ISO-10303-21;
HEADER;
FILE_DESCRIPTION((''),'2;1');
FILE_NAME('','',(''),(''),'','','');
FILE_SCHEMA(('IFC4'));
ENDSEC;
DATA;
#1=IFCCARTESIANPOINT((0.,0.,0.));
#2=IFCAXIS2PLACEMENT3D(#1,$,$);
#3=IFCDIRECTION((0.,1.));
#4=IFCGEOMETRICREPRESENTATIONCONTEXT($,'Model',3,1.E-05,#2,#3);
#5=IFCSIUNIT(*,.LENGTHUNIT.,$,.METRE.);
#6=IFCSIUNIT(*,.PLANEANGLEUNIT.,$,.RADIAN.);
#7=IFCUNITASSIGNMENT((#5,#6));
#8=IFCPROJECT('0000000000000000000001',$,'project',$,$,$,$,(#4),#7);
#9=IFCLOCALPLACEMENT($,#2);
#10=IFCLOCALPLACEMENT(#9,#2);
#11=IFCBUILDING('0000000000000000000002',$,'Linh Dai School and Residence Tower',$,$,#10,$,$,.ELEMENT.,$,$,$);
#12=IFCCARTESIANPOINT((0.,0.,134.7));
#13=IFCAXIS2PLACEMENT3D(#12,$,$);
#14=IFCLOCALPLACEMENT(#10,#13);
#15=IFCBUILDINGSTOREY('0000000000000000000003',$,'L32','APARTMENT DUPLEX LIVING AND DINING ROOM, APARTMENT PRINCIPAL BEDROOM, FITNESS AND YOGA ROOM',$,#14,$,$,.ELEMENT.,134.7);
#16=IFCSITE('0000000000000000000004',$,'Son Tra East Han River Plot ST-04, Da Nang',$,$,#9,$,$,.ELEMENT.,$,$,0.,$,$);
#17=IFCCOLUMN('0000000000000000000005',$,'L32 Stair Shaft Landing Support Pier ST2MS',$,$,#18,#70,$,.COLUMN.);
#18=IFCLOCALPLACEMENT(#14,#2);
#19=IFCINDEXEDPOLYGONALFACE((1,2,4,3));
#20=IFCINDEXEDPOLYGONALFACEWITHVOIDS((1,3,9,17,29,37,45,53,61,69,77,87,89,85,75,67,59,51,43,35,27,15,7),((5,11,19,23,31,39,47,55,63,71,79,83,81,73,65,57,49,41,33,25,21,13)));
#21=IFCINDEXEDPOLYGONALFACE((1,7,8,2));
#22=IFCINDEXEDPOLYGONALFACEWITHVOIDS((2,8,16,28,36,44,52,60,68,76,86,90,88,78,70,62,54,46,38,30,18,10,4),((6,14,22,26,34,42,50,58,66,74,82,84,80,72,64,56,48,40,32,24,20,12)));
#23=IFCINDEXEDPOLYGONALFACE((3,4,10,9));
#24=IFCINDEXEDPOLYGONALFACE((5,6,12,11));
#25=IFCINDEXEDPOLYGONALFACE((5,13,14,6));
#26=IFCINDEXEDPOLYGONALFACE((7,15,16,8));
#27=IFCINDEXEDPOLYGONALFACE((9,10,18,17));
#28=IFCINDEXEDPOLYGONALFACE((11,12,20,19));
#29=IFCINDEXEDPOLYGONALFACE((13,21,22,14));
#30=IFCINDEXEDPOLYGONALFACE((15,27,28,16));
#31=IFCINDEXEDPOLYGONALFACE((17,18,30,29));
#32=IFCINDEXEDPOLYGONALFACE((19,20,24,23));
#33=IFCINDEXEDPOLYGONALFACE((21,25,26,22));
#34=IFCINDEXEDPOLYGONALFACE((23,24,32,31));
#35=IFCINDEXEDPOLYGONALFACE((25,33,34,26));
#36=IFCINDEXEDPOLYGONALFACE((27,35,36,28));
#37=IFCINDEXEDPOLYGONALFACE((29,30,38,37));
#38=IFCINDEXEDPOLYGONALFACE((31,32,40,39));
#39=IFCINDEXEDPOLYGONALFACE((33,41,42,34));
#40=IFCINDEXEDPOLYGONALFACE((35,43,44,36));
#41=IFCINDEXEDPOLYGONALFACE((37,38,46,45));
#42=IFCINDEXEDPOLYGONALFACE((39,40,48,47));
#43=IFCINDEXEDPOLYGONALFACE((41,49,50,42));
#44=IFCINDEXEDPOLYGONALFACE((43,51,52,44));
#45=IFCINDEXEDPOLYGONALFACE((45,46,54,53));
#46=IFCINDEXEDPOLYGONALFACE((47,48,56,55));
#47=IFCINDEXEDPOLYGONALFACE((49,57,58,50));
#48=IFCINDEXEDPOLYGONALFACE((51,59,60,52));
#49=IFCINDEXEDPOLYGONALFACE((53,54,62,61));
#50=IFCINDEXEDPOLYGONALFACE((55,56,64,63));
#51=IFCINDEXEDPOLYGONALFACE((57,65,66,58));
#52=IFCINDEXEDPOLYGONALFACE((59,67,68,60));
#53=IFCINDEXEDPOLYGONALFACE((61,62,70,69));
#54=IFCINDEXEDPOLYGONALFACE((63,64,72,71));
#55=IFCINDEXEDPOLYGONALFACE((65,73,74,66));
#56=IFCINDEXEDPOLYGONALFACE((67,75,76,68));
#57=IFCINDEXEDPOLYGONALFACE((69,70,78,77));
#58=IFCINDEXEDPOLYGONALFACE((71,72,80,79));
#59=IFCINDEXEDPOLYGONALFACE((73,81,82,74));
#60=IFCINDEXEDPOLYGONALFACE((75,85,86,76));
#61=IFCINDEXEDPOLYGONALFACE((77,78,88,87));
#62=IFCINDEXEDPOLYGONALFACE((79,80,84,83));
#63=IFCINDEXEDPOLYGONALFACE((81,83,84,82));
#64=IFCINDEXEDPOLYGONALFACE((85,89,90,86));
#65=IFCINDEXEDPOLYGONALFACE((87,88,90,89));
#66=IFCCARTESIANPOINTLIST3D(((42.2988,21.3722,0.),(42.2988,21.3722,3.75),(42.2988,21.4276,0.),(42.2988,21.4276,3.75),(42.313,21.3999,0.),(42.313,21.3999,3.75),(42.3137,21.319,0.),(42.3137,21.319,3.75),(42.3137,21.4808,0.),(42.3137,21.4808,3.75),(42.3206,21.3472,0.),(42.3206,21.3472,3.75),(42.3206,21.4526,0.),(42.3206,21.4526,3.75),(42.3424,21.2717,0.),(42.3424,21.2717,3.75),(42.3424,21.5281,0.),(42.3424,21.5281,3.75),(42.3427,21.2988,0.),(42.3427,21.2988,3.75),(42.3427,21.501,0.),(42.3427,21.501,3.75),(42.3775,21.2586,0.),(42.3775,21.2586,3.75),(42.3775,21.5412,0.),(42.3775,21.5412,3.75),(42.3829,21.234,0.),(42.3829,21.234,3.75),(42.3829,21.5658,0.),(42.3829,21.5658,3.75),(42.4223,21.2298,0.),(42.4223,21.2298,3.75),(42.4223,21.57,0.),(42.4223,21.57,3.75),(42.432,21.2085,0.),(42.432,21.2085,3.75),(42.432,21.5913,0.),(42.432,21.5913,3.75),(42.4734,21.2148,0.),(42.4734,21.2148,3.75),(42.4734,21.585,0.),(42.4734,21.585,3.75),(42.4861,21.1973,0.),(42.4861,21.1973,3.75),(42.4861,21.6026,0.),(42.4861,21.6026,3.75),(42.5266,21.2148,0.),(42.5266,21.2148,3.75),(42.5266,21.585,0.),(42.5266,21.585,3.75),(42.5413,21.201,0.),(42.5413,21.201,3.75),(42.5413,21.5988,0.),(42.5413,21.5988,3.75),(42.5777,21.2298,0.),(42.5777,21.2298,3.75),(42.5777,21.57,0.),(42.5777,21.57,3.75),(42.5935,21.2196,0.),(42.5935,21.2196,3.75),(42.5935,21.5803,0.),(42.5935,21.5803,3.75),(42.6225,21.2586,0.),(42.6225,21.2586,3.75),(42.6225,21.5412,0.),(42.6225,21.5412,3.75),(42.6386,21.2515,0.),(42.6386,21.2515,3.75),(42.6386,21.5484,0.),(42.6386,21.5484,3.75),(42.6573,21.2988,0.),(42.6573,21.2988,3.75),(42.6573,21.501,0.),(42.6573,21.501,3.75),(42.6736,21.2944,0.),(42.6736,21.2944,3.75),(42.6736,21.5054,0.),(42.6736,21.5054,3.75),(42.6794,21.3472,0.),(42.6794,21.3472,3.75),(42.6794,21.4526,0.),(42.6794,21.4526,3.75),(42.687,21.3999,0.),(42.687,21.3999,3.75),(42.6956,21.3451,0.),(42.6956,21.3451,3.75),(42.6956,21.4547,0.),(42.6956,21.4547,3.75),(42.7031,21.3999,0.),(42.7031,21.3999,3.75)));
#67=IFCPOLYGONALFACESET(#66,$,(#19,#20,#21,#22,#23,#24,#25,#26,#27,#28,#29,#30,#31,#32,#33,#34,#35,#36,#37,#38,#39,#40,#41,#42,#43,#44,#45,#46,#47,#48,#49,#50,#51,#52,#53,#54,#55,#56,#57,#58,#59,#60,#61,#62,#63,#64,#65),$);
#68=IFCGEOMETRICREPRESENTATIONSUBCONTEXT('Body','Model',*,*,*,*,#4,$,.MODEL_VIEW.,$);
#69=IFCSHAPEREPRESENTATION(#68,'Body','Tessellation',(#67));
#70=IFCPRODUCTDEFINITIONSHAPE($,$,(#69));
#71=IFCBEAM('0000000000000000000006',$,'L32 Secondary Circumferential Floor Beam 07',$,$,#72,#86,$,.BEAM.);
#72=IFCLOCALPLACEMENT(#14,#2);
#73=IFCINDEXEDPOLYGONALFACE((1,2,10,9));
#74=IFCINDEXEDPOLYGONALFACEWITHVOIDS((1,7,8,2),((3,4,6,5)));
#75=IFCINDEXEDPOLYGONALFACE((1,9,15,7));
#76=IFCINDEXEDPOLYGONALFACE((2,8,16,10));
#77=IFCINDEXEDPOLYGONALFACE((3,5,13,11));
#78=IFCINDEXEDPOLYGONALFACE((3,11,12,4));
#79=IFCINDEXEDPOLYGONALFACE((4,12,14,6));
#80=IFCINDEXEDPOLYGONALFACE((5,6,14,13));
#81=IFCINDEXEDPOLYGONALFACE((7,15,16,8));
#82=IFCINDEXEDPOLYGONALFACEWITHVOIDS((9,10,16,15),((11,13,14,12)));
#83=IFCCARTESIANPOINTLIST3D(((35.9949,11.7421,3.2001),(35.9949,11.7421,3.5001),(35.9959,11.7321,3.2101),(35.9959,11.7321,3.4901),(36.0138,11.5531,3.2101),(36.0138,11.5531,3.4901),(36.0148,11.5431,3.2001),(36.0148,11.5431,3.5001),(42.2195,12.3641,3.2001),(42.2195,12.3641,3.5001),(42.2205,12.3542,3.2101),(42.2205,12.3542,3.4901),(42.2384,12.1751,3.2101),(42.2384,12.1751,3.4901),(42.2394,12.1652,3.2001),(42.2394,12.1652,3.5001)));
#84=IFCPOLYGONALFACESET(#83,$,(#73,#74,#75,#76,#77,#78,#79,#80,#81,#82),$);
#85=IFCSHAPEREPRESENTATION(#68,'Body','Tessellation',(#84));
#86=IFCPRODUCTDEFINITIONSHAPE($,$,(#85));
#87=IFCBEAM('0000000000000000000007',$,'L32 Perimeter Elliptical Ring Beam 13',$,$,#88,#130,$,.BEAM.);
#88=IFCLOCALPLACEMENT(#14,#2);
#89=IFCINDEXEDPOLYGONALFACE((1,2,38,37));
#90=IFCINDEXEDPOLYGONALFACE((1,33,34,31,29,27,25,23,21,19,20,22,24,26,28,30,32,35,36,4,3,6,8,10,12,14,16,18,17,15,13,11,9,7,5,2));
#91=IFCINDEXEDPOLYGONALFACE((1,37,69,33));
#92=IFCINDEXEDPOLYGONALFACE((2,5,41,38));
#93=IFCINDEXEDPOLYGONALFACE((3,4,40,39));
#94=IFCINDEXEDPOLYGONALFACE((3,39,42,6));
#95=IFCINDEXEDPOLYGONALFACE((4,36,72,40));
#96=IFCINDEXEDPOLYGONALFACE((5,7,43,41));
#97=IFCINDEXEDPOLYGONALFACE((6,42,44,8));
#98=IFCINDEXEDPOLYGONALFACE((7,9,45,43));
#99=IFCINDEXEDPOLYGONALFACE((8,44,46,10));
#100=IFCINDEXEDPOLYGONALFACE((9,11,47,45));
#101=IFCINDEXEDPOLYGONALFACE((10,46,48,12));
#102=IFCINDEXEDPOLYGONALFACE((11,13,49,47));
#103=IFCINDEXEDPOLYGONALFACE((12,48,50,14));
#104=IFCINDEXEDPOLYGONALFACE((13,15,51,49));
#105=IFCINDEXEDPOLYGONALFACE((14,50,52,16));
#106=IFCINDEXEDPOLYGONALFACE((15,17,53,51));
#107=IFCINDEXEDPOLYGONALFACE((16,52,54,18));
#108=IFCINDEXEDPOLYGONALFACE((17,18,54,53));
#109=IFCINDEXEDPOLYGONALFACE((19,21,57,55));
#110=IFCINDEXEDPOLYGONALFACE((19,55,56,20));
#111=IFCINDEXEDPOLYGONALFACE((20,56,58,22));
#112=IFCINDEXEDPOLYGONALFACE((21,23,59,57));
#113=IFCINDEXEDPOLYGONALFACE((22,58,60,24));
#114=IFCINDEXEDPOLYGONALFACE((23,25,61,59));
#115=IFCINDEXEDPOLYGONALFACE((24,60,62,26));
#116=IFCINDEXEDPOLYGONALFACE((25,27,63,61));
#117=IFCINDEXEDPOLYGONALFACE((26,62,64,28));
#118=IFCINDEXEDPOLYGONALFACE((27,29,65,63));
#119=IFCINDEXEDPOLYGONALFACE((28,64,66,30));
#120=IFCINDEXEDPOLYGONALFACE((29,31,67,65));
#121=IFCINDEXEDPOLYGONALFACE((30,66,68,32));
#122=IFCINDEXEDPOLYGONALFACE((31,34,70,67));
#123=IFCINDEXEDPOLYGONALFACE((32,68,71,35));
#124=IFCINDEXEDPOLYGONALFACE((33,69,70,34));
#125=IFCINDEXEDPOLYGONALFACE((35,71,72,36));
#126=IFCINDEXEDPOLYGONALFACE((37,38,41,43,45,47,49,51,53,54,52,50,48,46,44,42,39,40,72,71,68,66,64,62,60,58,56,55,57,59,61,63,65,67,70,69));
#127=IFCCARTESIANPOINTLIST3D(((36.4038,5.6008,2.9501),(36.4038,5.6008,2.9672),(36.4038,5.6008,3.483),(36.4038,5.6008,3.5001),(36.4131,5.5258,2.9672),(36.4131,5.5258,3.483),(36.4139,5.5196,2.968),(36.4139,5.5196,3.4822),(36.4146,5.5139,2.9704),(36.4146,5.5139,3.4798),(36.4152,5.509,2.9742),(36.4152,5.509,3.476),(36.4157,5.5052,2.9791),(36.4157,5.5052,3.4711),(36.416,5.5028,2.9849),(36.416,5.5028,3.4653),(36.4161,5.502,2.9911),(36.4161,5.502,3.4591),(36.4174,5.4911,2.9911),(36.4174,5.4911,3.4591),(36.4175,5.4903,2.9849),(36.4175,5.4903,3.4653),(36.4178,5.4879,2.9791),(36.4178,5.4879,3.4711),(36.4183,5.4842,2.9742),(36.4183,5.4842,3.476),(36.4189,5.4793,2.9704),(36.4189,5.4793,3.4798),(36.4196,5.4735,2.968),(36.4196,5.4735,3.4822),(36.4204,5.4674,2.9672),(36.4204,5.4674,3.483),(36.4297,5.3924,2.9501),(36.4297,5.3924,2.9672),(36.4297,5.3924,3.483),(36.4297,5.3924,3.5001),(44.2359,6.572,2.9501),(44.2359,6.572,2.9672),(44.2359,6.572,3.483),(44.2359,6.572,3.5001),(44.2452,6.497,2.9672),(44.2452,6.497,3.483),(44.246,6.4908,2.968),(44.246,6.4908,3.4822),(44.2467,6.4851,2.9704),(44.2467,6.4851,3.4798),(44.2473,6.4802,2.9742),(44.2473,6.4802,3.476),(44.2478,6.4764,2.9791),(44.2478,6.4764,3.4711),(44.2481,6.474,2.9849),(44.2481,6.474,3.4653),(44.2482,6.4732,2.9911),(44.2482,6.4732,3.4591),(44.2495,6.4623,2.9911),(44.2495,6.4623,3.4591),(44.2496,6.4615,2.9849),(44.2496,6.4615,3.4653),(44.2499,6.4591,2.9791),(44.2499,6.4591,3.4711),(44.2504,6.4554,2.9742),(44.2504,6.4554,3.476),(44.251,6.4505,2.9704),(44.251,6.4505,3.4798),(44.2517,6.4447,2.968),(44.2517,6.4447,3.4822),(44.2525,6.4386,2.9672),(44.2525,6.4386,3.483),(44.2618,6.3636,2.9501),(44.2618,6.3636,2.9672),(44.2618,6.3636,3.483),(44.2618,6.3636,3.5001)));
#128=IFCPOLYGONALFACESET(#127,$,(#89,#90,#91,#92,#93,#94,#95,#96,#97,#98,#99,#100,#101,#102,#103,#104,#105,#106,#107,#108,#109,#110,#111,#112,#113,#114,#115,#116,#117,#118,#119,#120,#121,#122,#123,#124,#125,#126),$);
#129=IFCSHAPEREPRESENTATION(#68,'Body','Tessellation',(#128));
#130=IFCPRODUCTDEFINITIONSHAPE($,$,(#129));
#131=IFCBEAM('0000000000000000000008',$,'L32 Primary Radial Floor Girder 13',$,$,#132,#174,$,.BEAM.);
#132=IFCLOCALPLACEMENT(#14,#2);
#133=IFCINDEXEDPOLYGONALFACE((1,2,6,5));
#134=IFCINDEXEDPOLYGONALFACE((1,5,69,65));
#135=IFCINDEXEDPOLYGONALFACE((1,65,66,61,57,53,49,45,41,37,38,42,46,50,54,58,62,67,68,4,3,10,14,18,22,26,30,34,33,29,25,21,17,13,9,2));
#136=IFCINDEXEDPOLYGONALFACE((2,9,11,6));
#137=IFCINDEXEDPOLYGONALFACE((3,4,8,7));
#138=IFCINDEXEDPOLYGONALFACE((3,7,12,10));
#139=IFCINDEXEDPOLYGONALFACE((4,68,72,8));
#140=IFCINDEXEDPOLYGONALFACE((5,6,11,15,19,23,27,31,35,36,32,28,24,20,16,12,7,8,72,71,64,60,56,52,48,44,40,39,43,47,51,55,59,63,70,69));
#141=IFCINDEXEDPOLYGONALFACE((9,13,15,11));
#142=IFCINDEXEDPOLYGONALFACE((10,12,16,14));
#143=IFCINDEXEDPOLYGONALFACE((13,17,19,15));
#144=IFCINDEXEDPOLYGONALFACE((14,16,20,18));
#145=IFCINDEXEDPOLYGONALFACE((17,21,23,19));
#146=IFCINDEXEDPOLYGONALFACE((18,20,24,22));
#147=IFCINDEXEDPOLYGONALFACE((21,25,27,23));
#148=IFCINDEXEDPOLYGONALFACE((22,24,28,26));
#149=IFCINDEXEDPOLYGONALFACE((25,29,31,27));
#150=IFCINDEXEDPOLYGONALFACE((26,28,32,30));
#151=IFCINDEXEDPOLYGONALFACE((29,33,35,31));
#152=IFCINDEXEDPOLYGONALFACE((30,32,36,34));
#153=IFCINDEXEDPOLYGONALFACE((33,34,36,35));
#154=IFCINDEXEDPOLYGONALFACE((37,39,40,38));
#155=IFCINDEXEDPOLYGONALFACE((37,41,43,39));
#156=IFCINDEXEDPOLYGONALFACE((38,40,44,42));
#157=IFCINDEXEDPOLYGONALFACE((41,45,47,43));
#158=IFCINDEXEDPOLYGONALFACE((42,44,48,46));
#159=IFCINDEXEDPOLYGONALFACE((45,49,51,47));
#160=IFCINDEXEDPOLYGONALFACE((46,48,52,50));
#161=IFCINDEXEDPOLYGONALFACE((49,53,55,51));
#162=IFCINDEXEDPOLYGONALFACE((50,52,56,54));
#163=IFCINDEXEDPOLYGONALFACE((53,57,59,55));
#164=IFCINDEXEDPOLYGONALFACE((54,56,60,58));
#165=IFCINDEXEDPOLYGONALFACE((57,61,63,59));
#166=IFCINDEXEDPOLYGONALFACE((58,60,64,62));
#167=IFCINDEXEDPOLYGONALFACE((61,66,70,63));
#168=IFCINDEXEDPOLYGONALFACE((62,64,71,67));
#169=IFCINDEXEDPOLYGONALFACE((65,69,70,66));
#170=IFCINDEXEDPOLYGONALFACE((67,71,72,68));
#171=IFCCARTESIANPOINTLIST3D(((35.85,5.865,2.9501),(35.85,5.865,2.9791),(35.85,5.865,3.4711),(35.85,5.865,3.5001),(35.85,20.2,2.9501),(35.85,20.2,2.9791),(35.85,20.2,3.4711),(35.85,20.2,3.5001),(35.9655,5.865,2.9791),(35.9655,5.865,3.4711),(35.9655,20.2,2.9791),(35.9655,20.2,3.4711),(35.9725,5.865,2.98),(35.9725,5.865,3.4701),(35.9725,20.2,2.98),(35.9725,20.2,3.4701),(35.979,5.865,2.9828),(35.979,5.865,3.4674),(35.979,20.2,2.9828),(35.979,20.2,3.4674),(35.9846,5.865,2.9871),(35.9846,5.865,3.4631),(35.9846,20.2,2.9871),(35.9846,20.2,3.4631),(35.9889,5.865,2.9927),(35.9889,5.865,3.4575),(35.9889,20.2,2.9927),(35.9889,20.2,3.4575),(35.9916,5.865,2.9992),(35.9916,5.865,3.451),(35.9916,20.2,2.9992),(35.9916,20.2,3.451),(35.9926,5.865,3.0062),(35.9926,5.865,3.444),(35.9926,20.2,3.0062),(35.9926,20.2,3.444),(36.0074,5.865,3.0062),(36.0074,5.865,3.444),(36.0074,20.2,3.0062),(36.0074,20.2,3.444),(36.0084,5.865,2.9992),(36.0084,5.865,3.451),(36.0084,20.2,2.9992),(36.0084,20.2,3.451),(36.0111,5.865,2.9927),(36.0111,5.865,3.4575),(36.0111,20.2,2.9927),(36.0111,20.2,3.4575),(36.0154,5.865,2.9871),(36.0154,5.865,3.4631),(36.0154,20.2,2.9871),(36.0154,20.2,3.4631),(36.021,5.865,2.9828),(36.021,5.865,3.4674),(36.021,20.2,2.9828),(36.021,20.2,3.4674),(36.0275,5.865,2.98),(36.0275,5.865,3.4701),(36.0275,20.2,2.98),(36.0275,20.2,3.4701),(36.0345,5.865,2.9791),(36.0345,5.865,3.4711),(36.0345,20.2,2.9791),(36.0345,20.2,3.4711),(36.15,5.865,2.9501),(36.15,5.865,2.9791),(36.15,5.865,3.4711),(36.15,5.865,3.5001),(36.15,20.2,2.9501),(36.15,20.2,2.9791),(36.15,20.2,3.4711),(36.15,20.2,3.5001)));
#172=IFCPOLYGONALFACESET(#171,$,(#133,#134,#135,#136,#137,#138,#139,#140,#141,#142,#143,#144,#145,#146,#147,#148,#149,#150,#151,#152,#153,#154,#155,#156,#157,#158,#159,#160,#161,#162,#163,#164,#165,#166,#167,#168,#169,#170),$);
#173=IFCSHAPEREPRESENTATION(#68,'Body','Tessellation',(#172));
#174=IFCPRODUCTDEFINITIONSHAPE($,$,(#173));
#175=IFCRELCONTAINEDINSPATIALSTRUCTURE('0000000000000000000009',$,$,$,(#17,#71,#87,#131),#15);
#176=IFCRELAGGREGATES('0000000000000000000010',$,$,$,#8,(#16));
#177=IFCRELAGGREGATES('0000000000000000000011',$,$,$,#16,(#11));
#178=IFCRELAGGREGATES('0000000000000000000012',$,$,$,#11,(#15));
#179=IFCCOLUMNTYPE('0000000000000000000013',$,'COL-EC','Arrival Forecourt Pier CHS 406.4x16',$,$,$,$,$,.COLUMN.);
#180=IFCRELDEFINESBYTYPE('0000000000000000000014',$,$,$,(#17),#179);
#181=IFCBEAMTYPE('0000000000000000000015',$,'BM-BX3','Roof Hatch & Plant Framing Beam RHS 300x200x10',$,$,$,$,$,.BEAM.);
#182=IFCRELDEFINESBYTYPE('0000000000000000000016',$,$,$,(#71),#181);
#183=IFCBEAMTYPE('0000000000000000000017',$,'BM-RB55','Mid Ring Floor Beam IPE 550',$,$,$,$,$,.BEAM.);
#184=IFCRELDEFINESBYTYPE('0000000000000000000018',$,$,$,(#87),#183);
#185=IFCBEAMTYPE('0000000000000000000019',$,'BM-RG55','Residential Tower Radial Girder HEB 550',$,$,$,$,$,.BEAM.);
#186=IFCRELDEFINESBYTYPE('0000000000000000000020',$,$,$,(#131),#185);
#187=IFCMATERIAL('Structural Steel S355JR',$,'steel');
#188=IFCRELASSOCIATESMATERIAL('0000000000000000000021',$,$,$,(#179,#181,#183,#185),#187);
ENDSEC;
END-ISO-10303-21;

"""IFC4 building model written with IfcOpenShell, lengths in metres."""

from ifc_helpers import new_model, si_unit, direction, frame, origin, origin_2d, place, context, subcontext, project, spatial, hollow_rectangle, hollow_circle, i_section, extrude, material, material_profile, profile_set, type_object, element, save


model = new_model("IFC4")

# Units and contexts
model_context = context("Model", 3, precision=1e-05, world=origin(), true_north=direction((0.0, 1.0)))
body_context = subcontext(model_context, "Body", "Model", "MODEL_VIEW")
ifc_project = project(units=[si_unit("LENGTHUNIT", "METRE"), si_unit("PLANEANGLEUNIT", "RADIAN")], contexts=[model_context])

# Site, building, storey
site_placement = place(None, origin())
site = spatial("IfcSite", under=ifc_project, at=site_placement, Name="Son Tra East Han River Plot ST-04, Da Nang", CompositionType="ELEMENT", RefElevation=0.0)
building_placement = place(site_placement, origin())
building = spatial("IfcBuilding", under=site, at=building_placement, Name="Linh Dai School and Residence Tower", CompositionType="ELEMENT")
storey_placement = place(building_placement, frame((0.0, 0.0, 134.7)))
storey = spatial("IfcBuildingStorey", under=building, at=storey_placement, Name="L32", Description="APARTMENT DUPLEX LIVING AND DINING ROOM, APARTMENT PRINCIPAL BEDROOM, FITNESS AND YOGA ROOM", CompositionType="ELEMENT", Elevation=134.7)

# Column
ifc_material_1 = material(Name="Structural Steel S355JR", Category="steel")
ifc_material_profile_1 = material_profile(ifc_material_1, hollow_circle(Radius=0.2031, WallThickness=0.0161, at=origin_2d()), Name="CHS 406.4x16")
ifc_profile_set_1 = profile_set([ifc_material_profile_1], Name="Structural Steel S355JR")
column_type = type_object("IfcColumnType", Name="COL-EC", Description="Arrival Forecourt Pier CHS 406.4x16", PredefinedType="COLUMN", material=ifc_profile_set_1)
column_placement = place(storey_placement, frame((42.5, 21.3999, 0.0), z_axis=(0.0, 0.0, 1.0), x_axis=(1.0, 0.0, 0.0)))
element("IfcColumn", 1, at=column_placement, inside=storey, type_object=column_type, Name="L32 Stair Shaft Landing Support Pier ST2MS", PredefinedType="COLUMN", context=body_context, shape_type="SweptSolid", body=[
    extrude(hollow_circle(Radius=0.2031, WallThickness=0.0161, at=origin_2d()), origin(), (0.0, 0.0, 1.0), 3.75),
])

# Beams
ifc_material_profile_2 = material_profile(ifc_material_1, hollow_rectangle(XDim=0.2, YDim=0.3, WallThickness=0.01, at=origin_2d()), Name="RHS 300x200x10")
ifc_profile_set_2 = profile_set([ifc_material_profile_2], Name="Structural Steel S355JR")
beam_type_1 = type_object("IfcBeamType", Name="BM-BX3", Description="Roof Hatch & Plant Framing Beam RHS 300x200x10", PredefinedType="BEAM", material=ifc_profile_set_2)
beam_1_placement = place(storey_placement, frame((36.0049, 11.6426, 3.3501), z_axis=(0.995043, 0.099442, 0.0), x_axis=(-0.099442, 0.995043, 0.0)))
element("IfcBeam", 2, at=beam_1_placement, inside=storey, type_object=beam_type_1, Name="L32 Secondary Circumferential Floor Beam 07", PredefinedType="BEAM", context=body_context, shape_type="SweptSolid", body=[
    extrude(hollow_rectangle(XDim=0.2, YDim=0.3, WallThickness=0.01, at=origin_2d()), origin(), (0.0, 0.0, 1.0), 6.2556),
])
ifc_material_profile_3 = material_profile(ifc_material_1, i_section(OverallWidth=0.21, OverallDepth=0.55, WebThickness=0.011, FlangeThickness=0.0171, FilletRadius=0.0239, at=origin_2d()), Name="IPE 550")
ifc_profile_set_3 = profile_set([ifc_material_profile_3], Name="Structural Steel S355JR")
beam_type_2 = type_object("IfcBeamType", Name="BM-RB55", Description="Mid Ring Floor Beam IPE 550", PredefinedType="BEAM", material=ifc_profile_set_3)
beam_2_placement = place(storey_placement, frame((36.4167, 5.4966, 3.2251), z_axis=(0.992399, 0.12306, 0.0), x_axis=(-0.12306, 0.992399, 0.0)))
element("IfcBeam", 3, at=beam_2_placement, inside=storey, type_object=beam_type_2, Name="L32 Perimeter Elliptical Ring Beam 13", PredefinedType="BEAM", context=body_context, shape_type="SweptSolid", body=[
    extrude(i_section(OverallWidth=0.21, OverallDepth=0.55, WebThickness=0.011, FlangeThickness=0.0171, FilletRadius=0.0239, at=origin_2d()), origin(), (0.0, 0.0, 1.0), 7.8921),
])
ifc_material_profile_4 = material_profile(ifc_material_1, i_section(OverallWidth=0.3, OverallDepth=0.55, WebThickness=0.0149, FlangeThickness=0.0291, FilletRadius=0.0271, at=origin_2d()), Name="HEB 550")
ifc_profile_set_4 = profile_set([ifc_material_profile_4], Name="Structural Steel S355JR")
beam_type_3 = type_object("IfcBeamType", Name="BM-RG55", Description="Residential Tower Radial Girder HEB 550", PredefinedType="BEAM", material=ifc_profile_set_4)
beam_3_placement = place(storey_placement, frame((36.0, 20.2, 3.2251), z_axis=(0.0, -1.0, 0.0), x_axis=(1.0, 0.0, 0.0)))
element("IfcBeam", 4, at=beam_3_placement, inside=storey, type_object=beam_type_3, Name="L32 Primary Radial Floor Girder 13", PredefinedType="BEAM", context=body_context, shape_type="SweptSolid", body=[
    extrude(i_section(OverallWidth=0.3, OverallDepth=0.55, WebThickness=0.0149, FlangeThickness=0.0291, FilletRadius=0.0271, at=origin_2d()), origin(), (0.0, 0.0, 1.0), 14.335),
])

save(model, "model.ifc")
